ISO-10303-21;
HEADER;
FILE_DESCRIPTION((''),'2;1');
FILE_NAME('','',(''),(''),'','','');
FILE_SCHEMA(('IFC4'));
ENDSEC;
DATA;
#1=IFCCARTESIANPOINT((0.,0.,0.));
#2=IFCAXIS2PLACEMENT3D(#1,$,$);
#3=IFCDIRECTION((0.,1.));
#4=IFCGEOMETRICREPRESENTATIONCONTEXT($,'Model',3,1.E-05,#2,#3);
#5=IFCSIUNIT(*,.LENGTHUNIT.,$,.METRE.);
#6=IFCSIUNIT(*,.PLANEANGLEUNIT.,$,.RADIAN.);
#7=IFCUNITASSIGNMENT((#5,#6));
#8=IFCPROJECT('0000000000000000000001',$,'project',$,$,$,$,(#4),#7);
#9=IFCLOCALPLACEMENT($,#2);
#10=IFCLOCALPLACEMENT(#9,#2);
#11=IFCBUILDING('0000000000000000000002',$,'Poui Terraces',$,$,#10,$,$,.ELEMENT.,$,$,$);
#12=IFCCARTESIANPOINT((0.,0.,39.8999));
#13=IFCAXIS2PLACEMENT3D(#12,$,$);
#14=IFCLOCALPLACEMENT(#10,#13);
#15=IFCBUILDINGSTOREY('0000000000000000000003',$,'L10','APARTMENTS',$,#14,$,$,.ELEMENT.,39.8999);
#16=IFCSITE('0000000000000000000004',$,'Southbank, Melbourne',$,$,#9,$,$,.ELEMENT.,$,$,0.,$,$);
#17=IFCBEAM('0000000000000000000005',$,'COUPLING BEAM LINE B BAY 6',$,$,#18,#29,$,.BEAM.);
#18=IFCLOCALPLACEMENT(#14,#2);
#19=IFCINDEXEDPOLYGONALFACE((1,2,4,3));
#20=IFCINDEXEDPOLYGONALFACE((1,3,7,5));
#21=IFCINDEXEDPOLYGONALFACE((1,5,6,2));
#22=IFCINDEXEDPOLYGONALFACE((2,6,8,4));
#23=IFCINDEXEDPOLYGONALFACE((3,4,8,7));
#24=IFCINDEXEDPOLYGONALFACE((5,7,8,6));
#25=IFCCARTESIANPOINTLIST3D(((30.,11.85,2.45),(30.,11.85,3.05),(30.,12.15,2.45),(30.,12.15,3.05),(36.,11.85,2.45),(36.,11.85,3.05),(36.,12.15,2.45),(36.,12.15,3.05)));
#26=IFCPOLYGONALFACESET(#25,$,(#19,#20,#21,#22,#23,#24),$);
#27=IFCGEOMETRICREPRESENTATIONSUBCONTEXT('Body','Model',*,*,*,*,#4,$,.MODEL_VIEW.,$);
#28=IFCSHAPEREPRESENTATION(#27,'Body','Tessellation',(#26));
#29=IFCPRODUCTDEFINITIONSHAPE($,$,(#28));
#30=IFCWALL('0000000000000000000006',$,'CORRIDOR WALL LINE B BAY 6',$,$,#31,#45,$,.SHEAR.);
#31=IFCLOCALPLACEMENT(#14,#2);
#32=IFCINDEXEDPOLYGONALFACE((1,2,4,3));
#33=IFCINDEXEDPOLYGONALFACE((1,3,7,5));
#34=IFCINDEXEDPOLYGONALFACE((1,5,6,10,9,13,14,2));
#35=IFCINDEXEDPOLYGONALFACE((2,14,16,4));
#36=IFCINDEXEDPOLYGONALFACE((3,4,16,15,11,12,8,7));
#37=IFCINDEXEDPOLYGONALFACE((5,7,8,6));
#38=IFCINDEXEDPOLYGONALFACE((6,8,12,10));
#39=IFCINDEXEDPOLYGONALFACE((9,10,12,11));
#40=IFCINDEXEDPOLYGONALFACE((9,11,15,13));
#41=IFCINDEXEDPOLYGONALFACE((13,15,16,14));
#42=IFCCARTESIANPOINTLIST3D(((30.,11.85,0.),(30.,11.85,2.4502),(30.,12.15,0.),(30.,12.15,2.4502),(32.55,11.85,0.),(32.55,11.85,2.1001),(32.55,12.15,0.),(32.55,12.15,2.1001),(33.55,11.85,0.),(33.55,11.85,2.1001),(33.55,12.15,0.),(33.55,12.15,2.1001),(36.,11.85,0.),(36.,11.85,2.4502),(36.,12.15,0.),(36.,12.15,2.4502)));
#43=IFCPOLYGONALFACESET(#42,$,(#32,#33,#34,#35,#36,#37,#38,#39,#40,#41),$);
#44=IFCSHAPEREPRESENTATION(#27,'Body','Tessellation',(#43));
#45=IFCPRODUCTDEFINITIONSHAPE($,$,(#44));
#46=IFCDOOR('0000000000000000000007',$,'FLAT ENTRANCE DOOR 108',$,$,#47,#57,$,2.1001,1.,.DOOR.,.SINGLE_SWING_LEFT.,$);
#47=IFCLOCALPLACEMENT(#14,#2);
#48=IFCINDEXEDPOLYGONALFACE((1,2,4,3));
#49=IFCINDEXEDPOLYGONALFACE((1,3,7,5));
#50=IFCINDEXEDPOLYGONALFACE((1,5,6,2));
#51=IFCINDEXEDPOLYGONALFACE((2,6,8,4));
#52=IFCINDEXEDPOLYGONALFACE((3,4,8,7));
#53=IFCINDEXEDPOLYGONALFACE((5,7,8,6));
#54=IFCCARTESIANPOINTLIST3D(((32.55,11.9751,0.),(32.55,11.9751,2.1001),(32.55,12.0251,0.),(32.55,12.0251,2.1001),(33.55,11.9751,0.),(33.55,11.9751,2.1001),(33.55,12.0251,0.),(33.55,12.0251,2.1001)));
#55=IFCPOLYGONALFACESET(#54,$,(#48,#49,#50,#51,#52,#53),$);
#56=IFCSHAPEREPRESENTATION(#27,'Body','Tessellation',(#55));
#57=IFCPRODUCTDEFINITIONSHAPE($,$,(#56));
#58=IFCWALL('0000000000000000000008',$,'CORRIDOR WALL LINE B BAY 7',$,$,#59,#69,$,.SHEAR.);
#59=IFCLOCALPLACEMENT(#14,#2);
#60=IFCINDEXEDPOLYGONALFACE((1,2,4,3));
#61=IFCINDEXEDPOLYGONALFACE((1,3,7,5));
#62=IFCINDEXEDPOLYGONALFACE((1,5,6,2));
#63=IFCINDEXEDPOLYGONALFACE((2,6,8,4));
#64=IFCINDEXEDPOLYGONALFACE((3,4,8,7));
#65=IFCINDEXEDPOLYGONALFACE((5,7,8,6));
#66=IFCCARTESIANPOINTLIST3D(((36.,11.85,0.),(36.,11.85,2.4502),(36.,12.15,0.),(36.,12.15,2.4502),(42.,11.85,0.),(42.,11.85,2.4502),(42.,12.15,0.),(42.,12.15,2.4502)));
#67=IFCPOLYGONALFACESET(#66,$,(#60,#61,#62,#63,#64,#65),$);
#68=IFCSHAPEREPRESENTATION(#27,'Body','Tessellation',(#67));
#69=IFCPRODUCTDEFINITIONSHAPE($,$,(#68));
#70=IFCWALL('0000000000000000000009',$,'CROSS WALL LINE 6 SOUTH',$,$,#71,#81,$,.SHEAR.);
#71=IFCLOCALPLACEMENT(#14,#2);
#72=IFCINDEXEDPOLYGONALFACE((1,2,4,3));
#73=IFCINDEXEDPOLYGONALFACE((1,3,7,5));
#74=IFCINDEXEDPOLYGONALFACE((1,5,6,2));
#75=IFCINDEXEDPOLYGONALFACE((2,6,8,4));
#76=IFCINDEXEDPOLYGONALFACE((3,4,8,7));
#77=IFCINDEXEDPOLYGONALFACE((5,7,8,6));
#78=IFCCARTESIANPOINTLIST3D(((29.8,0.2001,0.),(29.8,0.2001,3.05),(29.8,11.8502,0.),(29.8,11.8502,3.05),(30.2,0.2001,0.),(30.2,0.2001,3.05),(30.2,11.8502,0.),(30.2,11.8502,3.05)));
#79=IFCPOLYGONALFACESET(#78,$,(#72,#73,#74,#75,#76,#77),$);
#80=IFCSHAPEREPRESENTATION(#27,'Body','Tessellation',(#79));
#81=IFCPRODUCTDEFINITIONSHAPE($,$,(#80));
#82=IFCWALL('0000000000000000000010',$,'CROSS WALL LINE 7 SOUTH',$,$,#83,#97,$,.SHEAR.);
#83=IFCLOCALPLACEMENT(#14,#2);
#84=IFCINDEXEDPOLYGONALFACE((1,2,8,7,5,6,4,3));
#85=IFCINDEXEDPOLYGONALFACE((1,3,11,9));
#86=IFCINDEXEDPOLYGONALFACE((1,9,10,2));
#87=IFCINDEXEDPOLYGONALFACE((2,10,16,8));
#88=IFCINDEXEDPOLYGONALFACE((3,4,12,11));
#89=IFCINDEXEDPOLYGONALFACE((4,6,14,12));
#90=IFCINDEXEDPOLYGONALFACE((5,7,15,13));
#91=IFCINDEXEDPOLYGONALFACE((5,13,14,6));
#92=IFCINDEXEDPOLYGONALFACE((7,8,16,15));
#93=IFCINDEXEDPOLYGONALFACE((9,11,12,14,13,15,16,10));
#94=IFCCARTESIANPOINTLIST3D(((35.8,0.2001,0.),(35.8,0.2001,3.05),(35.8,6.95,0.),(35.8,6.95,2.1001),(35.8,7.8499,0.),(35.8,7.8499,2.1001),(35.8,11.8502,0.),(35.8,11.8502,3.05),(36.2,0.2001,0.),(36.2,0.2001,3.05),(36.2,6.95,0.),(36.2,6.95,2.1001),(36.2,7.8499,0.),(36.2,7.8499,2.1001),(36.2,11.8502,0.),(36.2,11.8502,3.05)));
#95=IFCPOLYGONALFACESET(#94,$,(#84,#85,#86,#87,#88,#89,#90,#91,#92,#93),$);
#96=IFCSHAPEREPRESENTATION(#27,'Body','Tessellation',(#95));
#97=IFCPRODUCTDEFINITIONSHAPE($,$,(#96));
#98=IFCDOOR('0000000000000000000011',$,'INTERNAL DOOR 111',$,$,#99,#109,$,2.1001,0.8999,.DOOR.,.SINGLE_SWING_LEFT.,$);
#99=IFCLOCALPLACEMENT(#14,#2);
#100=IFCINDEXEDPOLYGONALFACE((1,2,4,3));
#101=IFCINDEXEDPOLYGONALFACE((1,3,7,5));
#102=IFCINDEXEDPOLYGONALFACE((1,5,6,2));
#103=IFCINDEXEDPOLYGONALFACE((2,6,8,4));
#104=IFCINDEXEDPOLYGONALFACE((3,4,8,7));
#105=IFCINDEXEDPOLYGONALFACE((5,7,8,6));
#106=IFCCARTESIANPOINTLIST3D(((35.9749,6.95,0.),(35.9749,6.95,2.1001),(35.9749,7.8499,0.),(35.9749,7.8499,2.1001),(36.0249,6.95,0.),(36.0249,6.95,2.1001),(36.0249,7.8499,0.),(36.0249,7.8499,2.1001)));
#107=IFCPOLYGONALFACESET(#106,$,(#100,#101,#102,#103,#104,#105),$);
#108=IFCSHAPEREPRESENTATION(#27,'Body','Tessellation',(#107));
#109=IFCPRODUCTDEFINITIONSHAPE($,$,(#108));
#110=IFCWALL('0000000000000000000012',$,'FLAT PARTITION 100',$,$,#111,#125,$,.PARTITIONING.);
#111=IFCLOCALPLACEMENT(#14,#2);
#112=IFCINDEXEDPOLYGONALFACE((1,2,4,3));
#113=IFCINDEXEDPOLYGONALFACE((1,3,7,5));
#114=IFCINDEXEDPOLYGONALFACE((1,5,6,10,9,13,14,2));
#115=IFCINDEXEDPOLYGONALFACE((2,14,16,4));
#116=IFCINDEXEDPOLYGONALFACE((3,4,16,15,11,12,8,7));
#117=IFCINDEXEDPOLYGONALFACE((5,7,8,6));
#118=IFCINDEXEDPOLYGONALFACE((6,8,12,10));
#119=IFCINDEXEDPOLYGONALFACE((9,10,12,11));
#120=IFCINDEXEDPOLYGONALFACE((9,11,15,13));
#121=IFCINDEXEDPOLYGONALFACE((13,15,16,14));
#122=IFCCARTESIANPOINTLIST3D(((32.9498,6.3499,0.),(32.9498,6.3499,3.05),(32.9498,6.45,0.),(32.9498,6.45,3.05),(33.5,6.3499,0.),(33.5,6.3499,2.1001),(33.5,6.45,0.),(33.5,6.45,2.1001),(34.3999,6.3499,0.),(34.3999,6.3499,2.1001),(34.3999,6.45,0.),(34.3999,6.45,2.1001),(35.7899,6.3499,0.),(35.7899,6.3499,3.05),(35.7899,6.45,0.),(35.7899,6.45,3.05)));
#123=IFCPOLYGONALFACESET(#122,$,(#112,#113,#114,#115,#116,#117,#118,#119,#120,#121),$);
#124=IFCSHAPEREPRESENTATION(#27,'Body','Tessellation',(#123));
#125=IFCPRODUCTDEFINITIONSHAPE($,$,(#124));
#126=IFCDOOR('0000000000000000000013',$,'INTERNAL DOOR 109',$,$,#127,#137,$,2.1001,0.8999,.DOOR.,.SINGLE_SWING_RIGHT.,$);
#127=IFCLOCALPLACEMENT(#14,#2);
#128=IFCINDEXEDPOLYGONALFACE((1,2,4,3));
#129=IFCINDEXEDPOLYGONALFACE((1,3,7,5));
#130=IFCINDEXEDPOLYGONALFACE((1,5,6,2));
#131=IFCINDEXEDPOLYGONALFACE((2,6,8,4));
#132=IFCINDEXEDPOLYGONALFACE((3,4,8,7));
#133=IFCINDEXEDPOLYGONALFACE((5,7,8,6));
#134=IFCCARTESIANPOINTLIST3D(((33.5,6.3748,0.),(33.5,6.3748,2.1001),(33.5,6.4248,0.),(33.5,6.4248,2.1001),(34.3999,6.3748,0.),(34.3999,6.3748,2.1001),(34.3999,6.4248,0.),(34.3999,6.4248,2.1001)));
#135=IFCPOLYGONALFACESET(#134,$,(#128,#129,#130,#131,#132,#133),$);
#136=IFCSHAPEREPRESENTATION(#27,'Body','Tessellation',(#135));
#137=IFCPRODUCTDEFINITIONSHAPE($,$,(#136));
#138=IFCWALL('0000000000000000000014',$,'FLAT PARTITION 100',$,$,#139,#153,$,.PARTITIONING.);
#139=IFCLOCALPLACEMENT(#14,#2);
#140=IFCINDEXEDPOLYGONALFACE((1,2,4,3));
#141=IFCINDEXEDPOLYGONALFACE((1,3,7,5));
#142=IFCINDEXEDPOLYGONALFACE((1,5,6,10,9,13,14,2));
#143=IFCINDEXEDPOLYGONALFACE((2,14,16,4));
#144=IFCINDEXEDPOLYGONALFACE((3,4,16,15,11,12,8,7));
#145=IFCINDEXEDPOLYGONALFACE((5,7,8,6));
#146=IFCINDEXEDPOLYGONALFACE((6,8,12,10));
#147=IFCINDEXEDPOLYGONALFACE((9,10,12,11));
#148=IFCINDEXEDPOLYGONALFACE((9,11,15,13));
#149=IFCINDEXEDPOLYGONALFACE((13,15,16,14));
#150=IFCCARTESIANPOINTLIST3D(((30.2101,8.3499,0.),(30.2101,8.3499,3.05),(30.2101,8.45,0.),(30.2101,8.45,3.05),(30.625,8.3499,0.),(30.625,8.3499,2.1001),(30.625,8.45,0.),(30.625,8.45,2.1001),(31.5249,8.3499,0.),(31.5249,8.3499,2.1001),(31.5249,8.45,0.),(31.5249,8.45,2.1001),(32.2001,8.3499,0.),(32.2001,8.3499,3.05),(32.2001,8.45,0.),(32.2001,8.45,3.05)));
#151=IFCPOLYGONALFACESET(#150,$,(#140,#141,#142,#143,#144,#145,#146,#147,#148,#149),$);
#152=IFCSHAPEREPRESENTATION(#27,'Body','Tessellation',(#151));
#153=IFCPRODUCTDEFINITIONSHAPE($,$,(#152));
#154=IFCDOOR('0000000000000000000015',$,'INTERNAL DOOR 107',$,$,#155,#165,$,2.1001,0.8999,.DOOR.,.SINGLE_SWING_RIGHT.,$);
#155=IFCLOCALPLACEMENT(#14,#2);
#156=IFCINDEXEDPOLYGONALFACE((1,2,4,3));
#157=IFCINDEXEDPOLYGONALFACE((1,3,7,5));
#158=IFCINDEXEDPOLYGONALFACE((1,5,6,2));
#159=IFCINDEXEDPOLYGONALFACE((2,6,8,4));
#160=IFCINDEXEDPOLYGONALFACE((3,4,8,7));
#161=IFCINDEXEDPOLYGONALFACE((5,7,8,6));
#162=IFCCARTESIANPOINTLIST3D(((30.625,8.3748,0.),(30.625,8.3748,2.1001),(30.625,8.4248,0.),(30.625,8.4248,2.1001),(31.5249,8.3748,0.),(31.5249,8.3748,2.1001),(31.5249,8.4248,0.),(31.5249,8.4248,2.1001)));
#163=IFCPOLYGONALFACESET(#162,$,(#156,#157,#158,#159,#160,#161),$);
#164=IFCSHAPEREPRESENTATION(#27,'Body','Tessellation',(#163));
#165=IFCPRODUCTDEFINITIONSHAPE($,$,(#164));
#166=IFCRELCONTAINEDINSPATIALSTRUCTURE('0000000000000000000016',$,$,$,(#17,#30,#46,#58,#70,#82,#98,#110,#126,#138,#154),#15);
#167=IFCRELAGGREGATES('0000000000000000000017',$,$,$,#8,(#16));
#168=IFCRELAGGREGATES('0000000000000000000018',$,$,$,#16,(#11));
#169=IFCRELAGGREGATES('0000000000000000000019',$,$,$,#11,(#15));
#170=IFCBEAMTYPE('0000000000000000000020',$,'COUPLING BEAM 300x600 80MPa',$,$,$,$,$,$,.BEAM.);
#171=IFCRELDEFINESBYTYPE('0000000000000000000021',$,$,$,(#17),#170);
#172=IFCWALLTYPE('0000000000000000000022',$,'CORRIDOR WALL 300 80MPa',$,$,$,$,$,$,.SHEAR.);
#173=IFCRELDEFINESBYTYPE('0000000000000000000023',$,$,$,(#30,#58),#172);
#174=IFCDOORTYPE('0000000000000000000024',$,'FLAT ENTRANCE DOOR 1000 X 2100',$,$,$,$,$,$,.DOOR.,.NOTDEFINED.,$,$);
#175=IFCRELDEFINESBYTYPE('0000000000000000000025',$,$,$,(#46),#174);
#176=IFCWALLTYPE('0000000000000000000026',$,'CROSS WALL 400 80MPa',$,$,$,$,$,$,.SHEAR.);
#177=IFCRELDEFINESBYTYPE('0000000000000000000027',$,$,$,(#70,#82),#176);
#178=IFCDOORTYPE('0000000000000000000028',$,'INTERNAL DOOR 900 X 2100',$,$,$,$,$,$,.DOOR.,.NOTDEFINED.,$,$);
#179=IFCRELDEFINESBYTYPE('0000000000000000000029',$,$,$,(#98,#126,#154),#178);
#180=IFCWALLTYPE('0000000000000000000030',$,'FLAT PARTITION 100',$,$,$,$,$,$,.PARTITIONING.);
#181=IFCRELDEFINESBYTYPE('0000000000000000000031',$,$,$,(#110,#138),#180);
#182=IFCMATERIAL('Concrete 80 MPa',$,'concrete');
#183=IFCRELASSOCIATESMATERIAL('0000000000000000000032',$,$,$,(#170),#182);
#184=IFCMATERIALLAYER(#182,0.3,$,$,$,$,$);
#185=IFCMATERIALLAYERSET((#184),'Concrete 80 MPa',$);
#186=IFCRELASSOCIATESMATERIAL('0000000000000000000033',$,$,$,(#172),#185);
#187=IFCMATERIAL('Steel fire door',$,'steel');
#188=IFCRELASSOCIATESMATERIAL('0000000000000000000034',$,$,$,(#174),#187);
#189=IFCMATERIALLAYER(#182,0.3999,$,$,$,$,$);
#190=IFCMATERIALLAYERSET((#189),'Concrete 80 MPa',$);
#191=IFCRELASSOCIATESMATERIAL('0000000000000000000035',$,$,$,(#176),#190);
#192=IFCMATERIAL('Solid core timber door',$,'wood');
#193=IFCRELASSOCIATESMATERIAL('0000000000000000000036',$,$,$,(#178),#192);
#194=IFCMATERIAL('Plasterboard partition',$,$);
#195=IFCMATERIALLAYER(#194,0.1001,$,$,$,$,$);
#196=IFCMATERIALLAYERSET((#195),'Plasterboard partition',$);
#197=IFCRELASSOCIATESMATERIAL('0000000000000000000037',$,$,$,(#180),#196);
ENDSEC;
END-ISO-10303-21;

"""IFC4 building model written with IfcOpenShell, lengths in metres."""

from ifc_helpers import new_model, si_unit, direction, frame, frame_2d, origin, origin_2d, place, context, subcontext, project, spatial, rectangle, extrude, source, transform, mapped, material, layer, layer_set, material_profile, profile_set, type_object, element, fill, save


model = new_model("IFC4")

# Units and contexts
model_context = context("Model", 3, precision=1e-05, world=origin(), true_north=direction((0.0, 1.0)))
body_context = subcontext(model_context, "Body", "Model", "MODEL_VIEW")
ifc_project = project(units=[si_unit("LENGTHUNIT", "METRE"), si_unit("PLANEANGLEUNIT", "RADIAN")], contexts=[model_context])

# Site, building, storey
site_placement = place(None, origin())
site = spatial("IfcSite", under=ifc_project, at=site_placement, Name="Southbank, Melbourne", CompositionType="ELEMENT", RefElevation=0.0)
building_placement = place(site_placement, origin())
building = spatial("IfcBuilding", under=site, at=building_placement, Name="Poui Terraces", CompositionType="ELEMENT")
storey_placement = place(building_placement, frame((0.0, 0.0, 39.8999)))
storey = spatial("IfcBuildingStorey", under=building, at=storey_placement, Name="L10", Description="APARTMENTS", CompositionType="ELEMENT", Elevation=39.8999)

# Beam
ifc_material_1 = material(Name="Concrete 80 MPa", Category="concrete")
ifc_material_profile = material_profile(ifc_material_1, rectangle(XDim=0.3, YDim=0.6001, at=origin_2d()), Name="RC 300x600")
ifc_profile_set = profile_set([ifc_material_profile], Name="Concrete 80 MPa")
beam_type = type_object("IfcBeamType", Name="COUPLING BEAM 300x600 80MPa", PredefinedType="BEAM", material=ifc_profile_set)
shared_shape_1 = source(origin(), body_context, "Body", "SweptSolid", [
    extrude(rectangle(XDim=0.3, YDim=0.6001, at=origin_2d()), origin(), (0.0, 0.0, 1.0), 6.0),
])
beam_placement = place(storey_placement, frame((30.0, 12.0, 2.75), z_axis=(1.0, 0.0, 0.0), x_axis=(0.0, 1.0, 0.0)))
element("IfcBeam", 1, at=beam_placement, inside=storey, type_object=beam_type, Name="COUPLING BEAM LINE B BAY 6", PredefinedType="BEAM", context=body_context, shape_type="MappedRepresentation", body=[
    mapped(shared_shape_1, transform((0.0, 0.0, 0.0))),
])

# Wall, opening, door
ifc_layer_1 = layer(ifc_material_1, 0.3)
ifc_layer_set_1 = layer_set([ifc_layer_1], Name="Concrete 80 MPa")
wall_type_1 = type_object("IfcWallType", Name="CORRIDOR WALL 300 80MPa", PredefinedType="SHEAR", material=ifc_layer_set_1)
wall_1_placement = place(storey_placement, frame((30.0, 12.0, 0.0), z_axis=(0.0, 0.0, 1.0), x_axis=(1.0, 0.0, 0.0)))
wall_1 = element("IfcWall", 2, at=wall_1_placement, inside=storey, type_object=wall_type_1, Name="CORRIDOR WALL LINE B BAY 6", PredefinedType="SHEAR", context=body_context, shape_type="SweptSolid", body=[
    extrude(rectangle(XDim=6.0, YDim=0.3, at=frame_2d((3.0, 0.0))), origin(), (0.0, 0.0, 1.0), 2.4502),
])
opening_1_placement = place(wall_1_placement, frame((2.55, 0.0, 0.0)))
opening_1 = element("IfcOpeningElement", 3, at=opening_1_placement, cuts=wall_1, PredefinedType="OPENING", context=body_context, shape_type="SweptSolid", body=[
    extrude(rectangle(XDim=1.0, YDim=2.1001, at=frame_2d((0.5, 1.05))), frame((0.0, 0.1602, 0.0), z_axis=(0.0, -1.0, 0.0), x_axis=(1.0, 0.0, 0.0)), (0.0, 0.0, 1.0), 0.3201),
])
ifc_material_2 = material(Name="Steel fire door", Category="steel")
door_type_1 = type_object("IfcDoorType", Name="FLAT ENTRANCE DOOR 1000 X 2100", OperationType="NOTDEFINED", PredefinedType="DOOR", material=ifc_material_2)
door_1_placement = place(opening_1_placement, frame((1.0, 0.0, 0.0), z_axis=(0.0, 0.0, 1.0), x_axis=(-1.0, 0.0, 0.0)))
door_1 = element("IfcDoor", 4, at=door_1_placement, inside=storey, type_object=door_type_1, Name="FLAT ENTRANCE DOOR 108", OperationType="SINGLE_SWING_LEFT", OverallHeight=2.1001, OverallWidth=1.0, PredefinedType="DOOR", context=body_context, shape_type="SweptSolid", body=[
    extrude(rectangle(XDim=1.0, YDim=2.1001, at=frame_2d((0.5, 1.05))), frame((0.0, 0.0249, 0.0), z_axis=(0.0, -1.0, 0.0), x_axis=(1.0, 0.0, 0.0)), (0.0, 0.0, 1.0), 0.05),
])
fill(opening_1, door_1)

# Walls
wall_2_placement = place(storey_placement, frame((36.0, 12.0, 0.0), z_axis=(0.0, 0.0, 1.0), x_axis=(1.0, 0.0, 0.0)))
element("IfcWall", 5, at=wall_2_placement, inside=storey, type_object=wall_type_1, Name="CORRIDOR WALL LINE B BAY 7", PredefinedType="SHEAR", context=body_context, shape_type="SweptSolid", body=[
    extrude(rectangle(XDim=6.0, YDim=0.3, at=frame_2d((3.0, 0.0))), origin(), (0.0, 0.0, 1.0), 2.4502),
])
ifc_layer_2 = layer(ifc_material_1, 0.3999)
ifc_layer_set_2 = layer_set([ifc_layer_2], Name="Concrete 80 MPa")
wall_type_2 = type_object("IfcWallType", Name="CROSS WALL 400 80MPa", PredefinedType="SHEAR", material=ifc_layer_set_2)
wall_3_placement = place(storey_placement, frame((30.0, 0.2, 0.0), z_axis=(0.0, 0.0, 1.0), x_axis=(0.0, 1.0, 0.0)))
element("IfcWall", 6, at=wall_3_placement, inside=storey, type_object=wall_type_2, Name="CROSS WALL LINE 6 SOUTH", PredefinedType="SHEAR", context=body_context, shape_type="SweptSolid", body=[
    extrude(rectangle(XDim=11.6501, YDim=0.3999, at=frame_2d((5.8252, 0.0))), origin(), (0.0, 0.0, 1.0), 3.05),
])

# Walls, openings, doors
wall_4_placement = place(storey_placement, frame((36.0, 0.2, 0.0), z_axis=(0.0, 0.0, 1.0), x_axis=(0.0, 1.0, 0.0)))
wall_4 = element("IfcWall", 7, at=wall_4_placement, inside=storey, type_object=wall_type_2, Name="CROSS WALL LINE 7 SOUTH", PredefinedType="SHEAR", context=body_context, shape_type="SweptSolid", body=[
    extrude(rectangle(XDim=11.6501, YDim=0.3999, at=frame_2d((5.8252, 0.0))), origin(), (0.0, 0.0, 1.0), 3.05),
])
opening_2_placement = place(wall_4_placement, frame((6.75, 0.0, 0.0)))
opening_2 = element("IfcOpeningElement", 8, at=opening_2_placement, cuts=wall_4, PredefinedType="OPENING", context=body_context, shape_type="SweptSolid", body=[
    extrude(rectangle(XDim=0.8999, YDim=2.1001, at=frame_2d((0.45, 1.05))), frame((0.0, 0.21, 0.0), z_axis=(0.0, -1.0, 0.0), x_axis=(1.0, 0.0, 0.0)), (0.0, 0.0, 1.0), 0.4199),
])
ifc_material_3 = material(Name="Solid core timber door", Category="wood")
door_type_2 = type_object("IfcDoorType", Name="INTERNAL DOOR 900 X 2100", OperationType="NOTDEFINED", PredefinedType="DOOR", material=ifc_material_3)
door_2_placement = place(opening_2_placement, frame((0.8999, 0.0, 0.0), z_axis=(0.0, 0.0, 1.0), x_axis=(-1.0, 0.0, 0.0)))
door_2 = element("IfcDoor", 9, at=door_2_placement, inside=storey, type_object=door_type_2, Name="INTERNAL DOOR 111", OperationType="SINGLE_SWING_LEFT", OverallHeight=2.1001, OverallWidth=0.8999, PredefinedType="DOOR", context=body_context, shape_type="SweptSolid", body=[
    extrude(rectangle(XDim=0.8999, YDim=2.1001, at=frame_2d((0.45, 1.05))), frame((0.0, 0.0249, 0.0), z_axis=(0.0, -1.0, 0.0), x_axis=(1.0, 0.0, 0.0)), (0.0, 0.0, 1.0), 0.05),
])
fill(opening_2, door_2)
ifc_material_4 = material(Name="Plasterboard partition")
ifc_layer_3 = layer(ifc_material_4, 0.1001)
ifc_layer_set_3 = layer_set([ifc_layer_3], Name="Plasterboard partition")
wall_type_3 = type_object("IfcWallType", Name="FLAT PARTITION 100", PredefinedType="PARTITIONING", material=ifc_layer_set_3)
wall_5_placement = place(storey_placement, frame((32.95, 6.3999, 0.0), z_axis=(0.0, 0.0, 1.0), x_axis=(1.0, 0.0, 0.0)))
wall_5 = element("IfcWall", 10, at=wall_5_placement, inside=storey, type_object=wall_type_3, Name="FLAT PARTITION 100", PredefinedType="PARTITIONING", context=body_context, shape_type="SweptSolid", body=[
    extrude(rectangle(XDim=2.8401, YDim=0.1001, at=frame_2d((1.4199, 0.0))), origin(), (0.0, 0.0, 1.0), 3.05),
])
opening_3_placement = place(wall_5_placement, frame((0.55, 0.0, 0.0)))
opening_3 = element("IfcOpeningElement", 11, at=opening_3_placement, cuts=wall_5, PredefinedType="OPENING", context=body_context, shape_type="SweptSolid", body=[
    extrude(rectangle(XDim=0.8999, YDim=2.1001, at=frame_2d((0.45, 1.05))), frame((0.0, 0.0601, 0.0), z_axis=(0.0, -1.0, 0.0), x_axis=(1.0, 0.0, 0.0)), (0.0, 0.0, 1.0), 0.1201),
])
door_3_placement = place(opening_3_placement, origin())
door_3 = element("IfcDoor", 12, at=door_3_placement, inside=storey, type_object=door_type_2, Name="INTERNAL DOOR 109", OperationType="SINGLE_SWING_RIGHT", OverallHeight=2.1001, OverallWidth=0.8999, PredefinedType="DOOR", context=body_context, shape_type="SweptSolid", body=[
    extrude(rectangle(XDim=0.8999, YDim=2.1001, at=frame_2d((0.45, 1.05))), frame((0.0, 0.0249, 0.0), z_axis=(0.0, -1.0, 0.0), x_axis=(1.0, 0.0, 0.0)), (0.0, 0.0, 1.0), 0.05),
])
fill(opening_3, door_3)
wall_6_placement = place(storey_placement, frame((30.21, 8.3999, 0.0), z_axis=(0.0, 0.0, 1.0), x_axis=(1.0, 0.0, 0.0)))
wall_6 = element("IfcWall", 13, at=wall_6_placement, inside=storey, type_object=wall_type_3, Name="FLAT PARTITION 100", PredefinedType="PARTITIONING", context=body_context, shape_type="SweptSolid", body=[
    extrude(rectangle(XDim=1.99, YDim=0.1001, at=frame_2d((0.9951, 0.0))), origin(), (0.0, 0.0, 1.0), 3.05),
])
opening_4_placement = place(wall_6_placement, frame((0.415, 0.0, 0.0)))
opening_4 = element("IfcOpeningElement", 14, at=opening_4_placement, cuts=wall_6, PredefinedType="OPENING", context=body_context, shape_type="SweptSolid", body=[
    extrude(rectangle(XDim=0.8999, YDim=2.1001, at=frame_2d((0.45, 1.05))), frame((0.0, 0.0601, 0.0), z_axis=(0.0, -1.0, 0.0), x_axis=(1.0, 0.0, 0.0)), (0.0, 0.0, 1.0), 0.1201),
])
door_4_placement = place(opening_4_placement, origin())
door_4 = element("IfcDoor", 15, at=door_4_placement, inside=storey, type_object=door_type_2, Name="INTERNAL DOOR 107", OperationType="SINGLE_SWING_RIGHT", OverallHeight=2.1001, OverallWidth=0.8999, PredefinedType="DOOR", context=body_context, shape_type="SweptSolid", body=[
    extrude(rectangle(XDim=0.8999, YDim=2.1001, at=frame_2d((0.45, 1.05))), frame((0.0, 0.0249, 0.0), z_axis=(0.0, -1.0, 0.0), x_axis=(1.0, 0.0, 0.0)), (0.0, 0.0, 1.0), 0.05),
])
fill(opening_4, door_4)

save(model, "model.ifc")
